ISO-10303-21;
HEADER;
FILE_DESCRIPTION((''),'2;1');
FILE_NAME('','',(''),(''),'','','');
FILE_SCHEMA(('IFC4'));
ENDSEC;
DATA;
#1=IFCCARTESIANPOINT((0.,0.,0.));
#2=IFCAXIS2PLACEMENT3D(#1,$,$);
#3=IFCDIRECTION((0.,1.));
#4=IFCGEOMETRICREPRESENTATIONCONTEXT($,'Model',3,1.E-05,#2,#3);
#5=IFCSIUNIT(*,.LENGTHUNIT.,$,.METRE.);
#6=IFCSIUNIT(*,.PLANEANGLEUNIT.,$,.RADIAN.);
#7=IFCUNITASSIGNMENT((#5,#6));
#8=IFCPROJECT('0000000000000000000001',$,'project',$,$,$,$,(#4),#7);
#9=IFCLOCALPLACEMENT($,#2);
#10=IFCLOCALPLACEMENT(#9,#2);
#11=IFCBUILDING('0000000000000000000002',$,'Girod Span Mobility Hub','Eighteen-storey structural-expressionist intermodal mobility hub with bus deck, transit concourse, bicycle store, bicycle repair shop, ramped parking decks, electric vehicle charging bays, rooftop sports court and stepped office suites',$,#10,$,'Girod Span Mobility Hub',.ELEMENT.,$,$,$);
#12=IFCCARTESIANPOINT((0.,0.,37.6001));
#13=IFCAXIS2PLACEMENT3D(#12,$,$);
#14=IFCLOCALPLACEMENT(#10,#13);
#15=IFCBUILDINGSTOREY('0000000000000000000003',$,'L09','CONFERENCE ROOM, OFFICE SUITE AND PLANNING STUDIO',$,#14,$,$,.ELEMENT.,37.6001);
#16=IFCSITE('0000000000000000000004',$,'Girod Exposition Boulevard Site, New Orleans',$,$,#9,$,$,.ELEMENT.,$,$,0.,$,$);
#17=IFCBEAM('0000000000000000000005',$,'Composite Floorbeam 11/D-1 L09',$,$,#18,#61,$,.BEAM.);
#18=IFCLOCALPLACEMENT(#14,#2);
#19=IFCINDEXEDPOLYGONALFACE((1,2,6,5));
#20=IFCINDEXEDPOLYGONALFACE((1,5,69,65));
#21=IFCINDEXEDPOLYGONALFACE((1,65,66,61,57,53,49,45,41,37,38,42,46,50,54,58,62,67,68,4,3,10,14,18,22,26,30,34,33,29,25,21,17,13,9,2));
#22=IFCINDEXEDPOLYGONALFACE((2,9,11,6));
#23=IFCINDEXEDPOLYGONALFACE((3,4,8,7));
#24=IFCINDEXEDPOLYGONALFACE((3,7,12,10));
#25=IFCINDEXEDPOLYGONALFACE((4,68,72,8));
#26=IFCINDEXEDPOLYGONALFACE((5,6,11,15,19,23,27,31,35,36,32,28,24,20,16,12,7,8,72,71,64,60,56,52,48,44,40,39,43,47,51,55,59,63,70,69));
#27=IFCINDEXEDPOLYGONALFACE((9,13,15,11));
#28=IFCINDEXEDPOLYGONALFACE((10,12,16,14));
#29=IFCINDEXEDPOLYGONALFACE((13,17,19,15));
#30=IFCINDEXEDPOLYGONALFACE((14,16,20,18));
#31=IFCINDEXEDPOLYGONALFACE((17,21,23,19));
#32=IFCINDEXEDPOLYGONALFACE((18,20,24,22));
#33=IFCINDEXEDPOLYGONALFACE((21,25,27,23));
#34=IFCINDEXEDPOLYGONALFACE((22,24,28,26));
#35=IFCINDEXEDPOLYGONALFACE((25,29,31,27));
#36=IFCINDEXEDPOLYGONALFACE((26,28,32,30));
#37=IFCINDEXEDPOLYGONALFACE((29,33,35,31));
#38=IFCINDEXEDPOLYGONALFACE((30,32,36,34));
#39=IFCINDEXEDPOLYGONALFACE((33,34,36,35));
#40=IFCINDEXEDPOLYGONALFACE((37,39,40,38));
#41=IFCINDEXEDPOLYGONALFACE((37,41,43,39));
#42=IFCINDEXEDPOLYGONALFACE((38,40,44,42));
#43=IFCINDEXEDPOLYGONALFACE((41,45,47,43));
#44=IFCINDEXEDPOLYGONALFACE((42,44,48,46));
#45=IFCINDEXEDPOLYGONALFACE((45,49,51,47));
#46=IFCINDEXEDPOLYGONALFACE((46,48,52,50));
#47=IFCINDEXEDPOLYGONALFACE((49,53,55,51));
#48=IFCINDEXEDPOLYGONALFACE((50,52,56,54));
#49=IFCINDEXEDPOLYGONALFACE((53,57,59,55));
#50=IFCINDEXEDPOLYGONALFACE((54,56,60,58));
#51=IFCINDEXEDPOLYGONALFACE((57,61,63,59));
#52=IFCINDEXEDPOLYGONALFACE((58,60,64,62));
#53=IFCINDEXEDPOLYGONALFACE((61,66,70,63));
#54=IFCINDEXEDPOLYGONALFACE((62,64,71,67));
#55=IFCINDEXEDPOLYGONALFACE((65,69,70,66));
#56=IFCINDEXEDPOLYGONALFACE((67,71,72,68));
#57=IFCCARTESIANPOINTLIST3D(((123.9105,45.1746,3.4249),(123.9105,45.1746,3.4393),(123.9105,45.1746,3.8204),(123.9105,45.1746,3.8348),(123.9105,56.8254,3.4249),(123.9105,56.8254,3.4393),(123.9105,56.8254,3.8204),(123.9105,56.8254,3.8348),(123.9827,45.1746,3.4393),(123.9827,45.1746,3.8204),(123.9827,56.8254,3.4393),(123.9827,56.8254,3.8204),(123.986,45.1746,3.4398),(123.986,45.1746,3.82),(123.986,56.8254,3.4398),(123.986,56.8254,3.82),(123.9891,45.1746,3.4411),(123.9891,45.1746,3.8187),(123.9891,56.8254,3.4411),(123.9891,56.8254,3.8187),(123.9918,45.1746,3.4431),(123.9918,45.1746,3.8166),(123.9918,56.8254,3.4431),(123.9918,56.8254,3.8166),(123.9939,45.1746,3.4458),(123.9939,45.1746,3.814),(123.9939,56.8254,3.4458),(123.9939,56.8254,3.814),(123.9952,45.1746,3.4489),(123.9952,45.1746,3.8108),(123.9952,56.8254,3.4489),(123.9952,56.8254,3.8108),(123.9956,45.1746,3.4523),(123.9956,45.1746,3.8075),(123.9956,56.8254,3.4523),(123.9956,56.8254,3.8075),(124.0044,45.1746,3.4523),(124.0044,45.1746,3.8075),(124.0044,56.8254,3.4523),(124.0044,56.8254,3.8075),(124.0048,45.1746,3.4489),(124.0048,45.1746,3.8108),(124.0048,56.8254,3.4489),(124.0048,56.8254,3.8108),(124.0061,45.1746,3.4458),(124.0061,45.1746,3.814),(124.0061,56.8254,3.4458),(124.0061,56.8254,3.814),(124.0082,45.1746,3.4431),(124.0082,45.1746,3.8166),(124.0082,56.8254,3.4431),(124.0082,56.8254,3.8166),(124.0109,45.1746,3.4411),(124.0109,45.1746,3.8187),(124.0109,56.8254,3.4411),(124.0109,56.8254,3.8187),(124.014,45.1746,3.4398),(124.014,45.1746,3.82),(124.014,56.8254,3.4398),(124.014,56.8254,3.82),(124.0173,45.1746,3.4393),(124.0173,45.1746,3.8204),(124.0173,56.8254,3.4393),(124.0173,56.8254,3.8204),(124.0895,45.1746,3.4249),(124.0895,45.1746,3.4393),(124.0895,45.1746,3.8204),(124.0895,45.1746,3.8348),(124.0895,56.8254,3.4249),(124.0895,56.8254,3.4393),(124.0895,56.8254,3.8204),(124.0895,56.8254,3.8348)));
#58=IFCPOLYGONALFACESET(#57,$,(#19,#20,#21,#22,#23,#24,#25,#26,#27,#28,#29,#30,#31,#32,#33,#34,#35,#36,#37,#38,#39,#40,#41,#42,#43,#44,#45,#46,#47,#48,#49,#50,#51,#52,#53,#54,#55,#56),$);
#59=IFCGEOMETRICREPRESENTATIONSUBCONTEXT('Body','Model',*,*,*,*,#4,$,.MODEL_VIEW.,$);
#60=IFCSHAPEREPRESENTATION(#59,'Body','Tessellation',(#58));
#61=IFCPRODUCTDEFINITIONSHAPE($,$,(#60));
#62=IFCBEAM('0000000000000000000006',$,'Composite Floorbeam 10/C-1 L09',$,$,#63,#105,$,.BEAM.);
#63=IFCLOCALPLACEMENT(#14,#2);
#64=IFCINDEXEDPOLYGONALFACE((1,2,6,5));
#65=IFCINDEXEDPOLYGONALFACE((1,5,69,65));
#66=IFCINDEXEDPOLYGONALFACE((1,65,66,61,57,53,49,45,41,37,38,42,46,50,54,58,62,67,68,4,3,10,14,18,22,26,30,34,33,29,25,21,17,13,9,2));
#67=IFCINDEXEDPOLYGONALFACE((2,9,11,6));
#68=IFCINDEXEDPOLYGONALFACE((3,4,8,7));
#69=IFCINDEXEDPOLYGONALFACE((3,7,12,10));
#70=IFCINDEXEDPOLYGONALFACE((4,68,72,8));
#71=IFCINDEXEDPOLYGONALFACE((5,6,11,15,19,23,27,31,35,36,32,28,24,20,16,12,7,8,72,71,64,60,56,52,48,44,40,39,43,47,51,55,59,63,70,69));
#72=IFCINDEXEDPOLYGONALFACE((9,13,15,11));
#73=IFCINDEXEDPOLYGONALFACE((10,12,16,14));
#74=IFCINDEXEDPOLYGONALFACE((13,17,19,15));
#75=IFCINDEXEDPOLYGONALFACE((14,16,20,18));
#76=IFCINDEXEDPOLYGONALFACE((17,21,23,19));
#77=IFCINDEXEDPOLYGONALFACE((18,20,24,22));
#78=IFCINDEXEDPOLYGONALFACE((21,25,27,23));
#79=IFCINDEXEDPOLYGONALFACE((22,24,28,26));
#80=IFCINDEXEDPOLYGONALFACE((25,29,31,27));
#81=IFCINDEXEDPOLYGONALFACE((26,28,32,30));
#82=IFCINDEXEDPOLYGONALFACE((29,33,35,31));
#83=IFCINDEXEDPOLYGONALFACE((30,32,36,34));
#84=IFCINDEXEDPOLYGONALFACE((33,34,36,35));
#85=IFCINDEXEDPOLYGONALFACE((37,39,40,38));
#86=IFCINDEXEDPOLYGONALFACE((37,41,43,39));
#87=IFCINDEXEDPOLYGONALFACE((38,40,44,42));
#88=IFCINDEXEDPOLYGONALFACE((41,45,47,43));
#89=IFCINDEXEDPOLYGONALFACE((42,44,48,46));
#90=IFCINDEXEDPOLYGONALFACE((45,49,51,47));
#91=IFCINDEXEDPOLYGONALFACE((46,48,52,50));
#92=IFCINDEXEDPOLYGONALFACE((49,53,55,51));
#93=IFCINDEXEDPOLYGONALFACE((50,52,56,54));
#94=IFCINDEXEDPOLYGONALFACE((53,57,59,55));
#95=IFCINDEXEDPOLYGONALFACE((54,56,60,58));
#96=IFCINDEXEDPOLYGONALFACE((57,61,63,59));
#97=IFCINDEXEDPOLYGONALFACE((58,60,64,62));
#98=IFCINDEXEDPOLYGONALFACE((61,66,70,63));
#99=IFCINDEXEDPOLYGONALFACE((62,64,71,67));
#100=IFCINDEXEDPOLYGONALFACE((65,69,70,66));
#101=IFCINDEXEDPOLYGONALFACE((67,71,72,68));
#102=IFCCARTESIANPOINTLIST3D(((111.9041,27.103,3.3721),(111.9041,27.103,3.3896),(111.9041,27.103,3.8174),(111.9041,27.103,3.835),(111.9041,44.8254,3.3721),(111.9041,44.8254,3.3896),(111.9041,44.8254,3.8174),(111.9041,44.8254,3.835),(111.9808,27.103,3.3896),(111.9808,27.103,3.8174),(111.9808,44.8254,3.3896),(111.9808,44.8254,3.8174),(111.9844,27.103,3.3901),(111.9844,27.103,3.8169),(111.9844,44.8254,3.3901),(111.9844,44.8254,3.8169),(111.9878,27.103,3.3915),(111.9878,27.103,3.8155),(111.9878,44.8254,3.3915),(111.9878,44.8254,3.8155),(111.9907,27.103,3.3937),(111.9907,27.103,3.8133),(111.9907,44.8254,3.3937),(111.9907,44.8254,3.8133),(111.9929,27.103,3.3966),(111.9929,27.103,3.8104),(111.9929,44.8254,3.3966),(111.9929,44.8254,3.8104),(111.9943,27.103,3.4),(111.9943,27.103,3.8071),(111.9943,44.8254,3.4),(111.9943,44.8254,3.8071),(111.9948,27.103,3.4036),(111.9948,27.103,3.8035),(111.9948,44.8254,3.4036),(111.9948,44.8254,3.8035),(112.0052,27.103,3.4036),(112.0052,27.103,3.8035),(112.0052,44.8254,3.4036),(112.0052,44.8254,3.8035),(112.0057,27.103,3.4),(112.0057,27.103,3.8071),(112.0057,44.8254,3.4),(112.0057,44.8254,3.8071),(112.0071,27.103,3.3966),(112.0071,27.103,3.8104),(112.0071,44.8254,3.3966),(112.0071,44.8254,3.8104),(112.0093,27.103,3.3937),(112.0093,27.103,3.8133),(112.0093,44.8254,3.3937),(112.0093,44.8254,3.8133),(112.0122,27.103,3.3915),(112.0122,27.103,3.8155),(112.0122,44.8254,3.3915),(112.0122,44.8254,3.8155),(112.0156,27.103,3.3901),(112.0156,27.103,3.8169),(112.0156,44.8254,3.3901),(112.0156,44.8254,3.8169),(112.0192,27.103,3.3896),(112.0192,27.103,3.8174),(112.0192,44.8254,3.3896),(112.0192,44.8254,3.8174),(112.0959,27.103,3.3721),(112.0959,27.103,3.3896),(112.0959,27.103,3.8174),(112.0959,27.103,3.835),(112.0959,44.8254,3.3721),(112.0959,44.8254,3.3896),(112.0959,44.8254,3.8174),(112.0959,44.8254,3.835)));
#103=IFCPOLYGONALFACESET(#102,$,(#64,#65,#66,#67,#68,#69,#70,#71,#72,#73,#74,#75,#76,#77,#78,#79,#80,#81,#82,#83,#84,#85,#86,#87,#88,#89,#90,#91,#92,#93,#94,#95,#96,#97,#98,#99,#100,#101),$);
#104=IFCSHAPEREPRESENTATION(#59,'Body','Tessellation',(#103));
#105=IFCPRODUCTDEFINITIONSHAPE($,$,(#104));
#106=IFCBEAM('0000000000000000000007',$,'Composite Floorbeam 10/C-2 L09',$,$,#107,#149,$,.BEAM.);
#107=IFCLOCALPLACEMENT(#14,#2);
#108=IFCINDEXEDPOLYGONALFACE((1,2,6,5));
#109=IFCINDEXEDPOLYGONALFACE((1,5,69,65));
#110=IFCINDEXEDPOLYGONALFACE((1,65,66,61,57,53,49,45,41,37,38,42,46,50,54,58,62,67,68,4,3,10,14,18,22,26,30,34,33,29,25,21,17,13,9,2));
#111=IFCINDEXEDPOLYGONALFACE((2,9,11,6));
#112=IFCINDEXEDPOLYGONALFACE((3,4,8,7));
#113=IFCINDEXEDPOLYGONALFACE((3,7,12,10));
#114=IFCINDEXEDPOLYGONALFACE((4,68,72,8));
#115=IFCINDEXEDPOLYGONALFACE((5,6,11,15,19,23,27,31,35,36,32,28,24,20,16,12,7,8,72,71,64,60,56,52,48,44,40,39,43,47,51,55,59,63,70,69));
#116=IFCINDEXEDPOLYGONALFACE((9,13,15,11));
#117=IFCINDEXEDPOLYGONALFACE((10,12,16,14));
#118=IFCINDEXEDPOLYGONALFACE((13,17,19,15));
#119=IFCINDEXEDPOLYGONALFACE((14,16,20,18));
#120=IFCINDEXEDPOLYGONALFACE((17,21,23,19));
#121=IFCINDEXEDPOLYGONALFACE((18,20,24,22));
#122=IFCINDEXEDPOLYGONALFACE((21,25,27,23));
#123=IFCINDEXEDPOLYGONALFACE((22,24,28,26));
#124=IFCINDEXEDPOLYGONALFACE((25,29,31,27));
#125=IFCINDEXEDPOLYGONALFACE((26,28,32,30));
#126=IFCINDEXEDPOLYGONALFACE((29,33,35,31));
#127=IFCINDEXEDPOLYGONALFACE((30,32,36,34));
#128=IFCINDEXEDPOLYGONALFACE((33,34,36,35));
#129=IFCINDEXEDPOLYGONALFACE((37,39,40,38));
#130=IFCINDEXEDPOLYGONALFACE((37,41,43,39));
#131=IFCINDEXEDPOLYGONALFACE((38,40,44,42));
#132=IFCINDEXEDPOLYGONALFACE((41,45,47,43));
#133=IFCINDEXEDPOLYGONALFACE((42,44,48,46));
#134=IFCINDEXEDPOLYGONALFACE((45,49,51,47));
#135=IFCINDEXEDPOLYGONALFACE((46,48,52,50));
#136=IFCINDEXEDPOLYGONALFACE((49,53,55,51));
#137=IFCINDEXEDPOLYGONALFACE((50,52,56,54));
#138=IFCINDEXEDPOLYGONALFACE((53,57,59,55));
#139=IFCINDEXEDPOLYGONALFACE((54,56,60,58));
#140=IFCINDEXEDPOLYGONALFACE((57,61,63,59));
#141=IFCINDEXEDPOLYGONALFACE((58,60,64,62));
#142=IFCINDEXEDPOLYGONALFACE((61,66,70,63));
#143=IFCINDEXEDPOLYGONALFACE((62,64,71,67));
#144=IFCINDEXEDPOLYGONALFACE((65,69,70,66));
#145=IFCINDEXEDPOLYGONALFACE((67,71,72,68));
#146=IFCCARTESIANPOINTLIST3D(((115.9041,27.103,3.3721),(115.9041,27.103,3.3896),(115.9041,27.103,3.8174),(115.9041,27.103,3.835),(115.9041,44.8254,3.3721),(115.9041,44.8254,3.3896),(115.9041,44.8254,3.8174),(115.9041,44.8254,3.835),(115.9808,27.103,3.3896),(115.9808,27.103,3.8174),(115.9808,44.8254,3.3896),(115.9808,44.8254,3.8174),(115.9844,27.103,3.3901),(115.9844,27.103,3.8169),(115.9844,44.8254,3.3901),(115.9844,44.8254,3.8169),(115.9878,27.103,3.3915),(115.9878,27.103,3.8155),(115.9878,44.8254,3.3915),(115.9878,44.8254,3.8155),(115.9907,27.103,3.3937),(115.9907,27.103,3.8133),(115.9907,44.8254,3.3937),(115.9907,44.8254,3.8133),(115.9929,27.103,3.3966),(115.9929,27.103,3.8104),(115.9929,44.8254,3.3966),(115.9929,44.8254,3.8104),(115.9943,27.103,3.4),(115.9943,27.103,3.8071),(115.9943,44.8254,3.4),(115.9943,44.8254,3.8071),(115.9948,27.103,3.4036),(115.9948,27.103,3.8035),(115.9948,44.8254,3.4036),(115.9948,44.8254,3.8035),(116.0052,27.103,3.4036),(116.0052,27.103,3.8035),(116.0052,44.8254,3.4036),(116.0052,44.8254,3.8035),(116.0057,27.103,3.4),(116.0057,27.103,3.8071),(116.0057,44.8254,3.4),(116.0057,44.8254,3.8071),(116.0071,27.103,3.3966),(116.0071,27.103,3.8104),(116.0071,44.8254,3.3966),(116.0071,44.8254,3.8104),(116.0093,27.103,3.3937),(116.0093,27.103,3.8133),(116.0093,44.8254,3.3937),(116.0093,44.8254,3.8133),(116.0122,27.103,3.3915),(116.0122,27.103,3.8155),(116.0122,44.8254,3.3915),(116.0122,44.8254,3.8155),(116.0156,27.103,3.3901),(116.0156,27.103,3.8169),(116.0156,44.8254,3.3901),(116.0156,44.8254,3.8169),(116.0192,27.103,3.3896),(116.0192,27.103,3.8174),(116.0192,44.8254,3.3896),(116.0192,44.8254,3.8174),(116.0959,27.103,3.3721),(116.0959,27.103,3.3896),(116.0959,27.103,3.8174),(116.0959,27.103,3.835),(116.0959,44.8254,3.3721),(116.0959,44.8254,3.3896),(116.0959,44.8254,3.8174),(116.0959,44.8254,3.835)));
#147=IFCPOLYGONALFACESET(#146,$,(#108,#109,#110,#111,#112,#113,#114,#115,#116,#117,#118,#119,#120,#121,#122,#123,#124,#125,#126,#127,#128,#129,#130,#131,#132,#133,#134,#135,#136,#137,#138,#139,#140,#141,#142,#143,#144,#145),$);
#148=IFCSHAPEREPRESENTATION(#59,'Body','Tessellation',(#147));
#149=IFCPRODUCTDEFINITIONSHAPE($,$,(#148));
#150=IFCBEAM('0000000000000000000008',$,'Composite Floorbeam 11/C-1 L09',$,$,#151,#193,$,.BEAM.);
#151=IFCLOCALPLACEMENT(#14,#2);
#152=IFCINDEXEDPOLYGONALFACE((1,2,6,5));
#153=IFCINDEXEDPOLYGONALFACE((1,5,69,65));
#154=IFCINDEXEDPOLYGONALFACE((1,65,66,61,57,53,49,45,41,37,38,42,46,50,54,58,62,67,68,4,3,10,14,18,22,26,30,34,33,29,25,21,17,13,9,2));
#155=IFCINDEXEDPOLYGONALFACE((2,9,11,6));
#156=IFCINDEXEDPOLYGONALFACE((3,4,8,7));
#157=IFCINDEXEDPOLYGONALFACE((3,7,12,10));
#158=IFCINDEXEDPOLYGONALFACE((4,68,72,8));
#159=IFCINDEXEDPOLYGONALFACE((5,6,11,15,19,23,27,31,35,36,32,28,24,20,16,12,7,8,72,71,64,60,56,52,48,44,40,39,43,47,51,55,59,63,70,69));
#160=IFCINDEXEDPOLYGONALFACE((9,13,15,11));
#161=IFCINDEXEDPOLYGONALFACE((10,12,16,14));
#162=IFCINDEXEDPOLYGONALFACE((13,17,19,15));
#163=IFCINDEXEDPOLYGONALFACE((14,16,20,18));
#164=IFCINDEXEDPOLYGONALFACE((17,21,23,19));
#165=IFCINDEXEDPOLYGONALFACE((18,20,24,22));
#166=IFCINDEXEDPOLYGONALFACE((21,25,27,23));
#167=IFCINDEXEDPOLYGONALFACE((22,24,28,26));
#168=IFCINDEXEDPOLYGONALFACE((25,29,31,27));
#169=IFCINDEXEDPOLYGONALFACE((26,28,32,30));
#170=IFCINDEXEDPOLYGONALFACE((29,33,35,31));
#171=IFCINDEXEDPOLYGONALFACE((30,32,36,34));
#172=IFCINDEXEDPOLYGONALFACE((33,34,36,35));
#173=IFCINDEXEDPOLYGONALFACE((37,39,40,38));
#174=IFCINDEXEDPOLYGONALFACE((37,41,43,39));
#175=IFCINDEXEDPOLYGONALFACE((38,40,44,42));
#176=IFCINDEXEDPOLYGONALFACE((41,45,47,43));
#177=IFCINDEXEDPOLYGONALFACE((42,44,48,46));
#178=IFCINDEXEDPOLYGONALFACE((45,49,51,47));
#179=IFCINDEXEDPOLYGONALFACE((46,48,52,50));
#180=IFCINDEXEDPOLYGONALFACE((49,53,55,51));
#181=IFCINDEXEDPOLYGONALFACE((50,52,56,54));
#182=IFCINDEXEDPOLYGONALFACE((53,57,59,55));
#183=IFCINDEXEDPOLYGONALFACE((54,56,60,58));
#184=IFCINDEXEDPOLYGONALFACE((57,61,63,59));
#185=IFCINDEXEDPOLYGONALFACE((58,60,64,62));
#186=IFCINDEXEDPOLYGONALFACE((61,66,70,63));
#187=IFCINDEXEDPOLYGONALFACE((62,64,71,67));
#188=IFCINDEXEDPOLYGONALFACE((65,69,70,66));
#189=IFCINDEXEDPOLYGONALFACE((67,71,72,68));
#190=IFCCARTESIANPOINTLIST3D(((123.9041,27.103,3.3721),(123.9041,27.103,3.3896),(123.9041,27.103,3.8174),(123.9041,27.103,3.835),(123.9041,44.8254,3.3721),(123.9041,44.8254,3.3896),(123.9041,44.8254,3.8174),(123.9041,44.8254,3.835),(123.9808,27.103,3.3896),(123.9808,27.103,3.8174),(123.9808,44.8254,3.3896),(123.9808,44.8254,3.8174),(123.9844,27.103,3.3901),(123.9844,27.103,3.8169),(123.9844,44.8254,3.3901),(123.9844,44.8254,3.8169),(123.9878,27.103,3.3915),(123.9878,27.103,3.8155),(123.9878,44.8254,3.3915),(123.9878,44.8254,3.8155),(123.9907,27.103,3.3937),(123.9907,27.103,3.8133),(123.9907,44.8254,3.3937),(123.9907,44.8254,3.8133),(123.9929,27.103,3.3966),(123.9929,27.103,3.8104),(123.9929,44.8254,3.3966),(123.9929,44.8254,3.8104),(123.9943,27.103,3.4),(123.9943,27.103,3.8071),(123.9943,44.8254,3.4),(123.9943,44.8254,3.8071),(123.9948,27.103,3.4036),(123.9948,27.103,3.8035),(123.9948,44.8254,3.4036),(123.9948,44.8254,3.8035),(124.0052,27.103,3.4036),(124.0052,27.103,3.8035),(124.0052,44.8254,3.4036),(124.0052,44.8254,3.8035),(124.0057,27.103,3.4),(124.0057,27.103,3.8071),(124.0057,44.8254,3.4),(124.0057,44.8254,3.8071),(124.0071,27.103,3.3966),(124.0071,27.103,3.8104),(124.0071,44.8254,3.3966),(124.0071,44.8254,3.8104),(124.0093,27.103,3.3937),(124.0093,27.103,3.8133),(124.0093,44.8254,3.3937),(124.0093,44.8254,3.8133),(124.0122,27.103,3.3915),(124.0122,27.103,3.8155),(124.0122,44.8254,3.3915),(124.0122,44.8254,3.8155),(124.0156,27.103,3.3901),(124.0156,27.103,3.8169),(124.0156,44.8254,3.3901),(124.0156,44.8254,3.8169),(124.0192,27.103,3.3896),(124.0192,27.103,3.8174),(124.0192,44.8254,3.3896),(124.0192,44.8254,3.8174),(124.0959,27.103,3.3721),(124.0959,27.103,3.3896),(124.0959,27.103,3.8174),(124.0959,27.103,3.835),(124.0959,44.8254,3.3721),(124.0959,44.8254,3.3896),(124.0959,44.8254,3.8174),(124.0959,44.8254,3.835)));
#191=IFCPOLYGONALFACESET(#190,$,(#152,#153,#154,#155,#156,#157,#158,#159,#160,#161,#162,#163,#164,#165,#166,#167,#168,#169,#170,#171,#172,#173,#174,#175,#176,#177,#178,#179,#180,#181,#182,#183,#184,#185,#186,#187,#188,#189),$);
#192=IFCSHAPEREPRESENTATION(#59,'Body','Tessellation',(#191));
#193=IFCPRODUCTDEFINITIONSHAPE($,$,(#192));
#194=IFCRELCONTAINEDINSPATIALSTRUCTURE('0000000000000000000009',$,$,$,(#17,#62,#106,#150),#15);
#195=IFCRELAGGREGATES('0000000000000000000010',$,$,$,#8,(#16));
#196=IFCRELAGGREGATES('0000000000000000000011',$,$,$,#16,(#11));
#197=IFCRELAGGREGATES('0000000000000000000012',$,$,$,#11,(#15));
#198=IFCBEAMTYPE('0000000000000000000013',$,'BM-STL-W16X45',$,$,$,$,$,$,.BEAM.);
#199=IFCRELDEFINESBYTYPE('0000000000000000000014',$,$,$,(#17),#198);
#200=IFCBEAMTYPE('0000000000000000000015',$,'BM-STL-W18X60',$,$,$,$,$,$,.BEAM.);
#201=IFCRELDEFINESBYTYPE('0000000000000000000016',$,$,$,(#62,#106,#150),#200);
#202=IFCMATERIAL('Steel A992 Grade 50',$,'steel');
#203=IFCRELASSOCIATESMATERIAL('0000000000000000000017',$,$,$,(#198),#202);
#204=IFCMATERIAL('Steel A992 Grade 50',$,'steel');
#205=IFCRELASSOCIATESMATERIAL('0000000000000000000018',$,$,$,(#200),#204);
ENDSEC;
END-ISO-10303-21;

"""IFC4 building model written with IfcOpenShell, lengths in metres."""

from ifc_helpers import new_model, si_unit, direction, frame, origin, origin_2d, place, context, subcontext, project, spatial, i_section, extrude, material, material_profile, profile_set, type_object, element, save


model = new_model("IFC4")

# Units and contexts
model_context = context("Model", 3, precision=1e-05, world=origin(), true_north=direction((0.0, 1.0)))
body_context = subcontext(model_context, "Body", "Model", "MODEL_VIEW")
ifc_project = project(units=[si_unit("LENGTHUNIT", "METRE"), si_unit("PLANEANGLEUNIT", "RADIAN")], contexts=[model_context])

# Site, building, storey
site_placement = place(None, origin())
site = spatial("IfcSite", under=ifc_project, at=site_placement, Name="Girod Exposition Boulevard Site, New Orleans", CompositionType="ELEMENT", RefElevation=0.0)
building_placement = place(site_placement, origin())
building = spatial("IfcBuilding", under=site, at=building_placement, Name="Girod Span Mobility Hub", Description="Eighteen-storey structural-expressionist intermodal mobility hub with bus deck, transit concourse, bicycle store, bicycle repair shop, ramped parking decks, electric vehicle charging bays, rooftop sports court and stepped office suites", LongName="Girod Span Mobility Hub", CompositionType="ELEMENT")
storey_placement = place(building_placement, frame((0.0, 0.0, 37.6001)))
storey = spatial("IfcBuildingStorey", under=building, at=storey_placement, Name="L09", Description="CONFERENCE ROOM, OFFICE SUITE AND PLANNING STUDIO", CompositionType="ELEMENT", Elevation=37.6001)

# Beams
ifc_material_1 = material(Name="Steel A992 Grade 50", Category="steel")
ifc_material_profile_1 = material_profile(ifc_material_1, i_section(OverallWidth=0.179, OverallDepth=0.4099, WebThickness=0.0088, FlangeThickness=0.0144, FilletRadius=0.0129, at=origin_2d()), Name="W16X45")
ifc_profile_set_1 = profile_set([ifc_material_profile_1], Name="Steel A992 Grade 50")
beam_type_1 = type_object("IfcBeamType", Name="BM-STL-W16X45", PredefinedType="BEAM", material=ifc_profile_set_1)
beam_1_placement = place(storey_placement, frame((124.0, 45.1746, 3.6299), z_axis=(0.0, 1.0, 0.0), x_axis=(-1.0, 0.0, 0.0)))
element("IfcBeam", 1, at=beam_1_placement, inside=storey, type_object=beam_type_1, Name="Composite Floorbeam 11/D-1 L09", PredefinedType="BEAM", context=body_context, shape_type="SweptSolid", body=[
    extrude(i_section(OverallWidth=0.179, OverallDepth=0.4099, WebThickness=0.0088, FlangeThickness=0.0144, FilletRadius=0.0129, at=origin_2d()), origin(), (0.0, 0.0, 1.0), 11.6509),
])
ifc_material_2 = material(Name="Steel A992 Grade 50", Category="steel")
ifc_material_profile_2 = material_profile(ifc_material_2, i_section(OverallWidth=0.1919, OverallDepth=0.4629, WebThickness=0.0105, FlangeThickness=0.0176, FilletRadius=0.0139, at=origin_2d()), Name="W18X60")
ifc_profile_set_2 = profile_set([ifc_material_profile_2], Name="Steel A992 Grade 50")
beam_type_2 = type_object("IfcBeamType", Name="BM-STL-W18X60", PredefinedType="BEAM", material=ifc_profile_set_2)
for number, where, z_axis, x_axis, name in (
    (2, (112.0, 27.103, 3.6035), (0.0, 1.0, 0.0), (-1.0, 0.0, 0.0), "Composite Floorbeam 10/C-1 L09"),
    (3, (116.0, 27.103, 3.6035), (0.0, 1.0, 0.0), (-1.0, 0.0, 0.0), "Composite Floorbeam 10/C-2 L09"),
    (4, (124.0, 27.103, 3.6035), (0.0, 1.0, 0.0), (-1.0, 0.0, 0.0), "Composite Floorbeam 11/C-1 L09"),
):
    element("IfcBeam", number, at=place(storey_placement, frame(where, z_axis=z_axis, x_axis=x_axis)), inside=storey, type_object=beam_type_2, Name=name, PredefinedType="BEAM", context=body_context, shape_type="SweptSolid", body=[
        extrude(i_section(OverallWidth=0.1919, OverallDepth=0.4629, WebThickness=0.0105, FlangeThickness=0.0176, FilletRadius=0.0139, at=origin_2d()), origin(), (0.0, 0.0, 1.0), 17.7224),
    ])

save(model, "model.ifc")
